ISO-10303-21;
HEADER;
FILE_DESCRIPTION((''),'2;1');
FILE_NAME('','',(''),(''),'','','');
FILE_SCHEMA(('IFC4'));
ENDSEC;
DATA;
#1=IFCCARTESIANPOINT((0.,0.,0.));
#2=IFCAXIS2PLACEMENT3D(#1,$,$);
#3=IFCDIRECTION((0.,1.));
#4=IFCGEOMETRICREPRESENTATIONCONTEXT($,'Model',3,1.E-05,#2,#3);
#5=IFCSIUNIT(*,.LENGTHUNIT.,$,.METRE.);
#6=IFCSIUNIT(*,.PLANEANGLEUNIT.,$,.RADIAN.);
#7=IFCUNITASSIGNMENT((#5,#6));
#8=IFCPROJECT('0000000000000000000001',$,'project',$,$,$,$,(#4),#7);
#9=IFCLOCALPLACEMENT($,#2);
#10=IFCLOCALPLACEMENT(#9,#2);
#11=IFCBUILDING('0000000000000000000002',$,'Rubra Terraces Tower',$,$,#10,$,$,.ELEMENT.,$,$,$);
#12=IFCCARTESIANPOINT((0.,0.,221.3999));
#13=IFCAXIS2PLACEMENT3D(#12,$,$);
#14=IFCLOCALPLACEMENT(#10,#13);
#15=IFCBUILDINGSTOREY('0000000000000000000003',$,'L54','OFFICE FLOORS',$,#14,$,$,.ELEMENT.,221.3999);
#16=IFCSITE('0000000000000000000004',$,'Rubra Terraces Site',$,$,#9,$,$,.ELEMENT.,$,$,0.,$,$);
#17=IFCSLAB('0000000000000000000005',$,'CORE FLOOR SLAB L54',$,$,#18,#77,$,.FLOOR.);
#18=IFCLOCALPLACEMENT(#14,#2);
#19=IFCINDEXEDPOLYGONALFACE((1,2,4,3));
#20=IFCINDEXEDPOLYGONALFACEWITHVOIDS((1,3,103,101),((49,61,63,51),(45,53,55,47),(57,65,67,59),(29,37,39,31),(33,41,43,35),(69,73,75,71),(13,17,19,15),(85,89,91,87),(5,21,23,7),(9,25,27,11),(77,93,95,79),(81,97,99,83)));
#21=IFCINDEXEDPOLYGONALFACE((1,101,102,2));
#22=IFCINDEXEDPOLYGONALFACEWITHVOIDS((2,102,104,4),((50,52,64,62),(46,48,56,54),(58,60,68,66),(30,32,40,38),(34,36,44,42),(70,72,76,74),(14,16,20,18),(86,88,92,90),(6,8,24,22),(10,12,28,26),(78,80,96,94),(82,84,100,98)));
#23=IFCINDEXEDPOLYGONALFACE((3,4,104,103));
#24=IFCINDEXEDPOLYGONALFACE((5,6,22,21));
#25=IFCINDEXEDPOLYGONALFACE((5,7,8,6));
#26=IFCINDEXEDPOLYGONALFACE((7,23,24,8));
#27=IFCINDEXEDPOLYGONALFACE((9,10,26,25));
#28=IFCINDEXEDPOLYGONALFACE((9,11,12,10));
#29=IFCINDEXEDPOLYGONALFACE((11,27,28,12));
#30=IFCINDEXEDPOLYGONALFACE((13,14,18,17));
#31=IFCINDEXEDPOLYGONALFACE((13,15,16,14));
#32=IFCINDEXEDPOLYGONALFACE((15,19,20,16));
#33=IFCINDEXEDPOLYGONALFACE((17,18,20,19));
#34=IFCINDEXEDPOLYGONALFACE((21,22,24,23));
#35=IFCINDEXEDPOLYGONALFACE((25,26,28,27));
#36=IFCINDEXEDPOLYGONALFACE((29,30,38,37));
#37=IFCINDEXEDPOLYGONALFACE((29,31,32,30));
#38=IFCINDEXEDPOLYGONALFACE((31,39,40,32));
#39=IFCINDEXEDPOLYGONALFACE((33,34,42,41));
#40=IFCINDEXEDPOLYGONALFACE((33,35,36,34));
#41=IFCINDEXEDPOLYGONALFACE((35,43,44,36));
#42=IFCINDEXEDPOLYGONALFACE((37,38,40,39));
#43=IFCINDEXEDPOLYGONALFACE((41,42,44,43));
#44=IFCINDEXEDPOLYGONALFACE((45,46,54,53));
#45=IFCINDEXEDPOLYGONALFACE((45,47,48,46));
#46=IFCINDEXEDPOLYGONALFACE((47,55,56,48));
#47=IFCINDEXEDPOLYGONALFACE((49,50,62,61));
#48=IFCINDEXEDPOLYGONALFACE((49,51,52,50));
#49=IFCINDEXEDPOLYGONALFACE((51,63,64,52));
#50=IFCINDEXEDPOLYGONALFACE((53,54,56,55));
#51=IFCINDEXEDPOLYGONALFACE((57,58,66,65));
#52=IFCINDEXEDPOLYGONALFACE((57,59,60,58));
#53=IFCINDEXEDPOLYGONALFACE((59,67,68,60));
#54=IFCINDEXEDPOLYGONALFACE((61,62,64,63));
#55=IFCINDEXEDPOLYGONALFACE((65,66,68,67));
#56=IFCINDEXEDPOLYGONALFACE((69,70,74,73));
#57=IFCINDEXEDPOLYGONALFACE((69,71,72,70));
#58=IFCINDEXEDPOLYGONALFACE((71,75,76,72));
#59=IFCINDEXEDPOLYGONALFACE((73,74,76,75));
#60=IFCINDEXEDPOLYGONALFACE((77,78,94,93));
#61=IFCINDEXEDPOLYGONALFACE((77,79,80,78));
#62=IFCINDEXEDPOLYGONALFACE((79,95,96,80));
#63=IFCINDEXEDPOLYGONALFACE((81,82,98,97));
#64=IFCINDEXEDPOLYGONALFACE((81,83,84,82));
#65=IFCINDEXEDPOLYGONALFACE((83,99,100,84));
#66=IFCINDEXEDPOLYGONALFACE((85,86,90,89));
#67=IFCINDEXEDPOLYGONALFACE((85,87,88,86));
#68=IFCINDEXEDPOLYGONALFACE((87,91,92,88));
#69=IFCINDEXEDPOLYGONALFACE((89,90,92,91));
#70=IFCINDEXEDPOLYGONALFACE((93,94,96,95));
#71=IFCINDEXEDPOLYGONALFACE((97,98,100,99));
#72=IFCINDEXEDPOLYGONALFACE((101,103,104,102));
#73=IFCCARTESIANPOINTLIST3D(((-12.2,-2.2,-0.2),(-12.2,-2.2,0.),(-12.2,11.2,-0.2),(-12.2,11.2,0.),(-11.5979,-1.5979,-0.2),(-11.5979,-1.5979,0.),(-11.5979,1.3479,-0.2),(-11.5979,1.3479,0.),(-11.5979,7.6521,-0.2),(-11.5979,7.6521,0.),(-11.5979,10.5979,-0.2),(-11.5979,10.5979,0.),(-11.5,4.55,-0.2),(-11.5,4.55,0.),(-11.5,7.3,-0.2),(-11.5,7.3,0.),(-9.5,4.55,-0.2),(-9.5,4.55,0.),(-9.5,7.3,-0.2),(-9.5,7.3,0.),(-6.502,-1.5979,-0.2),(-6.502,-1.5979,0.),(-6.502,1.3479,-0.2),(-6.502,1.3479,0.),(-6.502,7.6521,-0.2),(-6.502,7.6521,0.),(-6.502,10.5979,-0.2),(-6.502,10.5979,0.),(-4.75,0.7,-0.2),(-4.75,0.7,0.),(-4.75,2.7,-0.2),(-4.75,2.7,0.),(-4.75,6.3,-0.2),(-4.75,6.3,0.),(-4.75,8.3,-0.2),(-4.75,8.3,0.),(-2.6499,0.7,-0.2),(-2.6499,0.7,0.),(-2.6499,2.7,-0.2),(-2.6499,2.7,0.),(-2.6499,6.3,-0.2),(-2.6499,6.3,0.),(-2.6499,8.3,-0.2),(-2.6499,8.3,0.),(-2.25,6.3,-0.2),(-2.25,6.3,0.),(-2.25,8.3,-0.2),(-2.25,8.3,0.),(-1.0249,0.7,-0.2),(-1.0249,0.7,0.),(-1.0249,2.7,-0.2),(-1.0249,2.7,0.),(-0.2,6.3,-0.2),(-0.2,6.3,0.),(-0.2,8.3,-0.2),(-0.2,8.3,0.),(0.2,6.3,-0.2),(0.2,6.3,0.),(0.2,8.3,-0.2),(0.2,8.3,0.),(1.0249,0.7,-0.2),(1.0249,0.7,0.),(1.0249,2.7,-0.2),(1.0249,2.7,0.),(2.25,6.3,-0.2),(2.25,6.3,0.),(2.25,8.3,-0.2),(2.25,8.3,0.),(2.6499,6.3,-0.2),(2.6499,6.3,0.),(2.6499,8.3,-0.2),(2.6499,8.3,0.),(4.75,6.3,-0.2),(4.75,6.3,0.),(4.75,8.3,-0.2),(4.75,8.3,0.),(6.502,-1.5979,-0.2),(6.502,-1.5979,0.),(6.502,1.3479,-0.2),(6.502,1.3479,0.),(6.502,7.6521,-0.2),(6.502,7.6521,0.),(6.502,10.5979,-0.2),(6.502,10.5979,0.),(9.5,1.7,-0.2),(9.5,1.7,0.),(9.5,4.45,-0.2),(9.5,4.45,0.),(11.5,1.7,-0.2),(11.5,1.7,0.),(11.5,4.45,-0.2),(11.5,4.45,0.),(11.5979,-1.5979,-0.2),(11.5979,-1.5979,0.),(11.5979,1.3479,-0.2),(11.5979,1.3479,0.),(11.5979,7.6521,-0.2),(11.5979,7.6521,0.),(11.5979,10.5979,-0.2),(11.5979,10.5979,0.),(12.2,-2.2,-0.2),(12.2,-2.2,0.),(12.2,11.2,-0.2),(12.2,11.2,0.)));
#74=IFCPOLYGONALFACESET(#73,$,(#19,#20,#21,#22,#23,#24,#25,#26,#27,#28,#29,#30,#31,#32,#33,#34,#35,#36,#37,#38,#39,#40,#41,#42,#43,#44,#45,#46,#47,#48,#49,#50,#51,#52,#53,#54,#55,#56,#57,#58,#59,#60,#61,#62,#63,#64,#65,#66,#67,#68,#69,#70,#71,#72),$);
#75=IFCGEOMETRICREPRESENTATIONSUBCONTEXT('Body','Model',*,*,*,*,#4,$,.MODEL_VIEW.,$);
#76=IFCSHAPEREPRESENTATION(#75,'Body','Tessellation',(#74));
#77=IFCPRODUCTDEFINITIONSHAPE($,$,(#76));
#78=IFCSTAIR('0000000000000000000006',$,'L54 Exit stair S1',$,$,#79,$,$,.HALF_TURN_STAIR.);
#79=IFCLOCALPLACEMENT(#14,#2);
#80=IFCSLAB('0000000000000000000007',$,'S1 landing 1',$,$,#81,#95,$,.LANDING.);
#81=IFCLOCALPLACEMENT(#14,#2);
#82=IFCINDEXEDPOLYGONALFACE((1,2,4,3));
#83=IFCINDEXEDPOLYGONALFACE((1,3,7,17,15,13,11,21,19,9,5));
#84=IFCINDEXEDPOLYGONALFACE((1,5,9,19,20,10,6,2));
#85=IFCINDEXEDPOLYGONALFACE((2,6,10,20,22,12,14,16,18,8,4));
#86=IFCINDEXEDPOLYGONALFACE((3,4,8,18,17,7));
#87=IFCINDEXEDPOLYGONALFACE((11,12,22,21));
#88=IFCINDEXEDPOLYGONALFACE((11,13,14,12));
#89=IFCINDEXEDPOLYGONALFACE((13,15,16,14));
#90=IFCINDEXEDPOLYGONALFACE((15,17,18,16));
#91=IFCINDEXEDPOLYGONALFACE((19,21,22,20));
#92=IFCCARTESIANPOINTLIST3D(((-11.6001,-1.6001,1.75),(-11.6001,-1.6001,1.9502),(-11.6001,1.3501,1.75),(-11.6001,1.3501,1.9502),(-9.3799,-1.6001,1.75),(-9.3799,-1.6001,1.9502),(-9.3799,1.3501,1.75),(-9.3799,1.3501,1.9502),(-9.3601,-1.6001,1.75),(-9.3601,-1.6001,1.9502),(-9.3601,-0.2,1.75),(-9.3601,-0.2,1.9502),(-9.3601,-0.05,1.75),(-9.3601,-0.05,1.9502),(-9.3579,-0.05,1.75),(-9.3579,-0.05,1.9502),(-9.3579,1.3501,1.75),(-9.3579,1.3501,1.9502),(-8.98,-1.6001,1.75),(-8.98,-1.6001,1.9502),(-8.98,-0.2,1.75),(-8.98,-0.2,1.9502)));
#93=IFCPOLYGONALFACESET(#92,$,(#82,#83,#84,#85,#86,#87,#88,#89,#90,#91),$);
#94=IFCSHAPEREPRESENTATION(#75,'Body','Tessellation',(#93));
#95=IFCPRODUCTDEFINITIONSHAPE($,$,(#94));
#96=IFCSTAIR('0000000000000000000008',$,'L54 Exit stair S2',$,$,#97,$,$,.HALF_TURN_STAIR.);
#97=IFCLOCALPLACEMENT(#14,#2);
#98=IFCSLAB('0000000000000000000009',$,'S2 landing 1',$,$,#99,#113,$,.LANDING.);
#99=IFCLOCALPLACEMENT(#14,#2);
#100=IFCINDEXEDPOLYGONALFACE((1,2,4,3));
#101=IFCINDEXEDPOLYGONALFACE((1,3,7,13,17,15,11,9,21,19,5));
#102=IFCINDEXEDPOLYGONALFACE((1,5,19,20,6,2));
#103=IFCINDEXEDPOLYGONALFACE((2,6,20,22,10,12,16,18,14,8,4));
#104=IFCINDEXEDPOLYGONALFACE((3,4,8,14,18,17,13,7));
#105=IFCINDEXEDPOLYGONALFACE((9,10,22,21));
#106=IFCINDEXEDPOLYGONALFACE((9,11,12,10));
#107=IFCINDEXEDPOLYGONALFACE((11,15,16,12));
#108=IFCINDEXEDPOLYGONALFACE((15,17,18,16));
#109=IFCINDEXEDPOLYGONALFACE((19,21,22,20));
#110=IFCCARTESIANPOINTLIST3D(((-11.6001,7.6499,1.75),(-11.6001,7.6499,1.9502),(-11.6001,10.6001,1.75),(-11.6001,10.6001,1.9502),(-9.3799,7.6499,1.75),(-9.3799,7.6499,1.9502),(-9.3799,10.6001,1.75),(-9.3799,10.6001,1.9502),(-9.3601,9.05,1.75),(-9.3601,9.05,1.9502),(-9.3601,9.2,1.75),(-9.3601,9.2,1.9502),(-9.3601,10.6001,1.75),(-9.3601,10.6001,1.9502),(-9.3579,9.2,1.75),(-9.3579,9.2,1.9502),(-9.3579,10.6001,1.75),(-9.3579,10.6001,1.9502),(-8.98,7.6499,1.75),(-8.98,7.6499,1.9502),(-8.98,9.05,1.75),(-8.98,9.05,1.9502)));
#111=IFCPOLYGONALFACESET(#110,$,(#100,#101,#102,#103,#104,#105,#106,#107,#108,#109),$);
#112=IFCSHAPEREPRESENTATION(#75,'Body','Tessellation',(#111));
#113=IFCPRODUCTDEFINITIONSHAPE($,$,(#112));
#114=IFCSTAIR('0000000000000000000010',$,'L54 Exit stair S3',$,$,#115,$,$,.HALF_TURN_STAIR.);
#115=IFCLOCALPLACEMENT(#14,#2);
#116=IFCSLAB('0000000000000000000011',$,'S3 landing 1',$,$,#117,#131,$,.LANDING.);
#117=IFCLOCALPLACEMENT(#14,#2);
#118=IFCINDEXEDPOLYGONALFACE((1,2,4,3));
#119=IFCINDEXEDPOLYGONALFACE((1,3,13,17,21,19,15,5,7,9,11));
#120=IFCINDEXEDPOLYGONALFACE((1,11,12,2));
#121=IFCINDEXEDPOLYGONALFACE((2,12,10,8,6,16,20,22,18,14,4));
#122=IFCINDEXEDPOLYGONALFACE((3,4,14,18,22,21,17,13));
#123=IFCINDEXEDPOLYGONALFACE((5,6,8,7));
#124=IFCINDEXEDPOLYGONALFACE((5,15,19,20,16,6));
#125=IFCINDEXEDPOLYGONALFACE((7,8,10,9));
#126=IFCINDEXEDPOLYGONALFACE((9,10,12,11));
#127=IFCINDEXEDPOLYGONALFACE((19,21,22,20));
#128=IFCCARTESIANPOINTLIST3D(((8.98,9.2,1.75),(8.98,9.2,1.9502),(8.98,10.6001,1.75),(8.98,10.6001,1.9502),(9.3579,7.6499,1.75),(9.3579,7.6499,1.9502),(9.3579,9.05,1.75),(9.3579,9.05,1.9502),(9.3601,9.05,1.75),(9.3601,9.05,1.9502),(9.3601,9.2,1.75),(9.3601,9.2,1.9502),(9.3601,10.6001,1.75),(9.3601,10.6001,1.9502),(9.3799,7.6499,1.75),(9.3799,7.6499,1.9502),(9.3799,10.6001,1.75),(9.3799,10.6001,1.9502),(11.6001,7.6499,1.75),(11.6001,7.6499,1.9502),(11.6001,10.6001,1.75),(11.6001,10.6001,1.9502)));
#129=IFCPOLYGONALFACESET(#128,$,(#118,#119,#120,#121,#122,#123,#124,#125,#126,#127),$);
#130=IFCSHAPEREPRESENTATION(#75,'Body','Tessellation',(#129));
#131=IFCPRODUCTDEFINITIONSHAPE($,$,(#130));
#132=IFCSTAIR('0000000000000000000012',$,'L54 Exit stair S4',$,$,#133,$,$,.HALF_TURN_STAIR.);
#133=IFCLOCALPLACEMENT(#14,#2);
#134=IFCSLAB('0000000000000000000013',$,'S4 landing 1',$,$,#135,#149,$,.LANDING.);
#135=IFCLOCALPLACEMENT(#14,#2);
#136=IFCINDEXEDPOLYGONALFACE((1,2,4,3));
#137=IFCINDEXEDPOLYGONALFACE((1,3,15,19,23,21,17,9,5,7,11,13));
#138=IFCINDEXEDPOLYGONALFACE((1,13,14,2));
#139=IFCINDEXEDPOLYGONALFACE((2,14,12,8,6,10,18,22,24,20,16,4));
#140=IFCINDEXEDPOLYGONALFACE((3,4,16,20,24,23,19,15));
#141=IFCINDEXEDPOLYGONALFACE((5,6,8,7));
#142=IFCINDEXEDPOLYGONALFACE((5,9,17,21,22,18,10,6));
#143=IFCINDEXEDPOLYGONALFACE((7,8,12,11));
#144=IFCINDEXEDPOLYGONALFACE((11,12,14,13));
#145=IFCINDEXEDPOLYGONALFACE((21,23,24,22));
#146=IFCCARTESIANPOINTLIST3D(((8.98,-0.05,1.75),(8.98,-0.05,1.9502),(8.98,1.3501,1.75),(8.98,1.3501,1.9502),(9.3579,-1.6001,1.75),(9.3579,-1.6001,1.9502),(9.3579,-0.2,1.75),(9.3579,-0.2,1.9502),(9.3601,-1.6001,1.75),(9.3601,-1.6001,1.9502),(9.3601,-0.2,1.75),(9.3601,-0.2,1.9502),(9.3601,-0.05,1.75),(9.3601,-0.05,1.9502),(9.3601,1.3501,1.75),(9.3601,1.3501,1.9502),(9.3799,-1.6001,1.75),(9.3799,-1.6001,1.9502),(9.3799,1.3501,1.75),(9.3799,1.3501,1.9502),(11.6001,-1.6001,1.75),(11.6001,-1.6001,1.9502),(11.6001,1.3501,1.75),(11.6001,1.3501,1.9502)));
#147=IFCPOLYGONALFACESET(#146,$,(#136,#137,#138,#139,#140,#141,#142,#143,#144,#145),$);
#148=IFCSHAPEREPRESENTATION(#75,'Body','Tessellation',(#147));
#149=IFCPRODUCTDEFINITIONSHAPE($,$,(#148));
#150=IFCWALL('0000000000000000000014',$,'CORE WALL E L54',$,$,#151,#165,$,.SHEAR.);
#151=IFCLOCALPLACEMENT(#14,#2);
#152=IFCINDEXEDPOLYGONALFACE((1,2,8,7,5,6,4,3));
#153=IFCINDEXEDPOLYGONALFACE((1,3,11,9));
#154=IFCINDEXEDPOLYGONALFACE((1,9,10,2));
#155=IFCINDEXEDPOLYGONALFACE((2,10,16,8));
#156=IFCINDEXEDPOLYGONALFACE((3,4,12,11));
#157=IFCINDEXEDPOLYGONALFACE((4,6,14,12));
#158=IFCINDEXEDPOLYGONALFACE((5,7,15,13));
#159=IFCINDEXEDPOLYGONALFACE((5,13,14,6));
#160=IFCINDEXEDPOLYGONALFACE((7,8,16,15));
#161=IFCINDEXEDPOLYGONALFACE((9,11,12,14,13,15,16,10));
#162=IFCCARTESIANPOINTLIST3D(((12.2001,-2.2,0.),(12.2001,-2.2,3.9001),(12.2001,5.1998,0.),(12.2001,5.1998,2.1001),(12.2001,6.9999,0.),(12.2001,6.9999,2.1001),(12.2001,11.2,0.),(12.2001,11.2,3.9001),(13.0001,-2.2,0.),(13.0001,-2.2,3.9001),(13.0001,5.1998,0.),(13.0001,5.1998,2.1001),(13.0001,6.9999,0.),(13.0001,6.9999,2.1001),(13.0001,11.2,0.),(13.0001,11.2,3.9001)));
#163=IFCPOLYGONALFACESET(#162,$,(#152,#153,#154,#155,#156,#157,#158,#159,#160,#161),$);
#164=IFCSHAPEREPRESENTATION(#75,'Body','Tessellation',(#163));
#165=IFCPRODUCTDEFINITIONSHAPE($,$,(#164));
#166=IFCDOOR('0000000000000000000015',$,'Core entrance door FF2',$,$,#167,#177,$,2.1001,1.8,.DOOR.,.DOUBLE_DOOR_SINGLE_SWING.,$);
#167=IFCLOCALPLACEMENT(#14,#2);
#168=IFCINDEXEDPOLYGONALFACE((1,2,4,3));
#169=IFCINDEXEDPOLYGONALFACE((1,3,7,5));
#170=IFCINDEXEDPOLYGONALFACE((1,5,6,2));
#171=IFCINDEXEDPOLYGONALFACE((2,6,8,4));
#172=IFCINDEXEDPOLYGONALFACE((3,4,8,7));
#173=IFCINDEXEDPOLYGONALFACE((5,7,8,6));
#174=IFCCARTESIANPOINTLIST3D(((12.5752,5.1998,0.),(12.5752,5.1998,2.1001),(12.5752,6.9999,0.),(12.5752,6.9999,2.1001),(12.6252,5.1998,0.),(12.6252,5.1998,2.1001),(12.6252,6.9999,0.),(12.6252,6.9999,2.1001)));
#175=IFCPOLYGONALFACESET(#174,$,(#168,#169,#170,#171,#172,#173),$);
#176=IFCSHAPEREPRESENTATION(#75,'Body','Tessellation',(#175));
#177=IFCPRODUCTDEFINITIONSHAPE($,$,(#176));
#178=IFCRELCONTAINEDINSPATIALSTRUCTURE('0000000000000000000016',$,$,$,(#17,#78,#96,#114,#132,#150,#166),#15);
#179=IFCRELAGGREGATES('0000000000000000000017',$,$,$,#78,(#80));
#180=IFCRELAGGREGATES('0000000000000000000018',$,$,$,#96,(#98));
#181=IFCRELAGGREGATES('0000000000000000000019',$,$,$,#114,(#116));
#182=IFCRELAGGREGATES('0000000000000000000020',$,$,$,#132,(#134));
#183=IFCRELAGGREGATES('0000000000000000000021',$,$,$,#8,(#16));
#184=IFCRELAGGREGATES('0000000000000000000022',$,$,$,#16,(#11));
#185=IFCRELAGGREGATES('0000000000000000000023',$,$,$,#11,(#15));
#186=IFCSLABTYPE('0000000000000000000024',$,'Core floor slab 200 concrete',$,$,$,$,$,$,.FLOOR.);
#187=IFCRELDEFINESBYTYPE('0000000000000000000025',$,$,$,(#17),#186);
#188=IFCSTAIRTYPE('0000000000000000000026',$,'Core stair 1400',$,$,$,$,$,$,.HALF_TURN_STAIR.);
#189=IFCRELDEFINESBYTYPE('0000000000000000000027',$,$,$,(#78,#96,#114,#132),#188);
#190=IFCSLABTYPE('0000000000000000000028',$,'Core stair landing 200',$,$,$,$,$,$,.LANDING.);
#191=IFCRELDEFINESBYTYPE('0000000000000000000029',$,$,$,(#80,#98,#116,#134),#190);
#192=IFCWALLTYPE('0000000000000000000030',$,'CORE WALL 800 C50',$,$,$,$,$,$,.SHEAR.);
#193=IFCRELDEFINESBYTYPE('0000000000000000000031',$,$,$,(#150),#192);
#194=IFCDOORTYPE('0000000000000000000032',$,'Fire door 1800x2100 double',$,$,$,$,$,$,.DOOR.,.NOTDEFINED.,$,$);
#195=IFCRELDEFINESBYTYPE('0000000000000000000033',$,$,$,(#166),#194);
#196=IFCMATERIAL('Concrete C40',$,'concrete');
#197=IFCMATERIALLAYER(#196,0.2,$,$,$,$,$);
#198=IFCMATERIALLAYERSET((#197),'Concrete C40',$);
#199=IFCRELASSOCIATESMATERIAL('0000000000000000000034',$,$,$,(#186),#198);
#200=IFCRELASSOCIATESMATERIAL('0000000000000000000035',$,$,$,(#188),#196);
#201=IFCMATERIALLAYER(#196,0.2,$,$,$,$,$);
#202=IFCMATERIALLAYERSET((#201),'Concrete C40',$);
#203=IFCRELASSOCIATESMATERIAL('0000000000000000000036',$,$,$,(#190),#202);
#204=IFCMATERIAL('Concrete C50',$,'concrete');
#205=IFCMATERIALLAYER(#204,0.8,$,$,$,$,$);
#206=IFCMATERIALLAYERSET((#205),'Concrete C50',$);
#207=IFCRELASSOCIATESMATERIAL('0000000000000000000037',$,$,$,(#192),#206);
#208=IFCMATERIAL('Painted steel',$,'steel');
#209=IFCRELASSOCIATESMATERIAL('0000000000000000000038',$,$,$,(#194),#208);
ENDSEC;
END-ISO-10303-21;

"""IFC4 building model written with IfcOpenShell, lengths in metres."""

from ifc_helpers import new_model, si_unit, direction, frame, frame_2d, origin, place, context, subcontext, project, spatial, polyline, rectangle, outline, extrude, material, layer, layer_set, type_object, element, fill, aggregate, save


model = new_model("IFC4")

# Units and contexts
model_context = context("Model", 3, precision=1e-05, world=origin(), true_north=direction((0.0, 1.0)))
body_context = subcontext(model_context, "Body", "Model", "MODEL_VIEW")
ifc_project = project(units=[si_unit("LENGTHUNIT", "METRE"), si_unit("PLANEANGLEUNIT", "RADIAN")], contexts=[model_context])

# Site, building, storey
site_placement = place(None, origin())
site = spatial("IfcSite", under=ifc_project, at=site_placement, Name="Rubra Terraces Site", CompositionType="ELEMENT", RefElevation=0.0)
building_placement = place(site_placement, origin())
building = spatial("IfcBuilding", under=site, at=building_placement, Name="Rubra Terraces Tower", CompositionType="ELEMENT")
storey_placement = place(building_placement, frame((0.0, 0.0, 221.3999)))
storey = spatial("IfcBuildingStorey", under=building, at=storey_placement, Name="L54", Description="OFFICE FLOORS", CompositionType="ELEMENT", Elevation=221.3999)

# Slab
ifc_material_1 = material(Name="Concrete C40", Category="concrete")
ifc_layer_1 = layer(ifc_material_1, 0.2)
ifc_layer_set_1 = layer_set([ifc_layer_1], Name="Concrete C40")
slab_type_1 = type_object("IfcSlabType", Name="Core floor slab 200 concrete", PredefinedType="FLOOR", material=ifc_layer_set_1)
slab_1_placement = place(storey_placement, frame((0.0, 0.0, -0.2)))
element("IfcSlab", 1, at=slab_1_placement, inside=storey, type_object=slab_type_1, Name="CORE FLOOR SLAB L54", PredefinedType="FLOOR", context=body_context, shape_type="SweptSolid", body=[
    extrude(outline(polyline([(-12.2, -2.2), (-12.2, 11.2), (12.2, 11.2), (12.2, -2.2), (-12.2, -2.2)]), holes=[polyline([(11.5979, 1.3479), (6.502, 1.3479), (6.502, -1.5979), (11.5979, -1.5979), (11.5979, 1.3479)]), polyline([(11.5979, 7.6521), (11.5979, 10.5979), (6.502, 10.5979), (6.502, 7.6521), (11.5979, 7.6521)]), polyline([(9.5, 1.7), (11.5, 1.7), (11.5, 4.45), (9.5, 4.45), (9.5, 1.7)]), polyline([(4.75, 6.3), (4.75, 8.3), (2.6499, 8.3), (2.6499, 6.3), (4.75, 6.3)]), polyline([(2.25, 8.3), (0.2, 8.3), (0.2, 6.3), (2.25, 6.3), (2.25, 8.3)]), polyline([(1.0249, 0.7), (1.0249, 2.7), (-1.0249, 2.7), (-1.0249, 0.7), (1.0249, 0.7)]), polyline([(-0.2, 6.3), (-0.2, 8.3), (-2.25, 8.3), (-2.25, 6.3), (-0.2, 6.3)]), polyline([(-4.75, 8.3), (-4.75, 6.3), (-2.6499, 6.3), (-2.6499, 8.3), (-4.75, 8.3)]), polyline([(-2.6499, 0.7), (-2.6499, 2.7), (-4.75, 2.7), (-4.75, 0.7), (-2.6499, 0.7)]), polyline([(-11.5979, -1.5979), (-6.502, -1.5979), (-6.502, 1.3479), (-11.5979, 1.3479), (-11.5979, -1.5979)]), polyline([(-11.5979, 10.5979), (-11.5979, 7.6521), (-6.502, 7.6521), (-6.502, 10.5979), (-11.5979, 10.5979)]), polyline([(-9.5, 4.55), (-9.5, 7.3), (-11.5, 7.3), (-11.5, 4.55), (-9.5, 4.55)])]), origin(), (0.0, 0.0, 1.0), 0.2),
])

# Stairs, slabs
stair_type = type_object("IfcStairType", Name="Core stair 1400", PredefinedType="HALF_TURN_STAIR", material=ifc_material_1)
stair_1_placement = place(storey_placement, origin())
stair_1 = element("IfcStair", 2, at=stair_1_placement, inside=storey, type_object=stair_type, Name="L54 Exit stair S1", PredefinedType="HALF_TURN_STAIR")
ifc_layer_2 = layer(ifc_material_1, 0.2)
ifc_layer_set_2 = layer_set([ifc_layer_2], Name="Concrete C40")
slab_type_2 = type_object("IfcSlabType", Name="Core stair landing 200", PredefinedType="LANDING", material=ifc_layer_set_2)
slab_2_placement = place(storey_placement, frame((0.0, 0.0, 1.75)))
slab_2 = element("IfcSlab", 3, at=slab_2_placement, type_object=slab_type_2, Name="S1 landing 1", PredefinedType="LANDING", context=body_context, shape_type="SweptSolid", body=[
    extrude(outline(polyline([(-8.98, -0.2), (-8.98, -1.6001), (-9.3601, -1.6001), (-9.3799, -1.6001), (-11.6001, -1.6001), (-11.6001, 1.3501), (-9.3799, 1.3501), (-9.3579, 1.3501), (-9.3579, -0.05), (-9.3601, -0.05), (-9.3601, -0.2), (-8.98, -0.2)])), origin(), (0.0, 0.0, 1.0), 0.2002),
])
aggregate(stair_1, [slab_2])
stair_2_placement = place(storey_placement, origin())
stair_2 = element("IfcStair", 4, at=stair_2_placement, inside=storey, type_object=stair_type, Name="L54 Exit stair S2", PredefinedType="HALF_TURN_STAIR")
slab_3_placement = place(storey_placement, frame((0.0, 0.0, 1.75)))
slab_3 = element("IfcSlab", 5, at=slab_3_placement, type_object=slab_type_2, Name="S2 landing 1", PredefinedType="LANDING", context=body_context, shape_type="SweptSolid", body=[
    extrude(outline(polyline([(-8.98, 9.05), (-8.98, 7.6499), (-9.3799, 7.6499), (-11.6001, 7.6499), (-11.6001, 10.6001), (-9.3799, 10.6001), (-9.3601, 10.6001), (-9.3579, 10.6001), (-9.3579, 9.2), (-9.3601, 9.2), (-9.3601, 9.05), (-8.98, 9.05)])), origin(), (0.0, 0.0, 1.0), 0.2002),
])
aggregate(stair_2, [slab_3])
stair_3_placement = place(storey_placement, origin())
stair_3 = element("IfcStair", 6, at=stair_3_placement, inside=storey, type_object=stair_type, Name="L54 Exit stair S3", PredefinedType="HALF_TURN_STAIR")
slab_4_placement = place(storey_placement, frame((0.0, 0.0, 1.75)))
slab_4 = element("IfcSlab", 7, at=slab_4_placement, type_object=slab_type_2, Name="S3 landing 1", PredefinedType="LANDING", context=body_context, shape_type="SweptSolid", body=[
    extrude(outline(polyline([(9.3601, 9.05), (9.3601, 9.2), (8.98, 9.2), (8.98, 10.6001), (9.3601, 10.6001), (9.3799, 10.6001), (11.6001, 10.6001), (11.6001, 7.6499), (9.3799, 7.6499), (9.3579, 7.6499), (9.3579, 9.05), (9.3601, 9.05)])), origin(), (0.0, 0.0, 1.0), 0.2002),
])
aggregate(stair_3, [slab_4])
stair_4_placement = place(storey_placement, origin())
stair_4 = element("IfcStair", 8, at=stair_4_placement, inside=storey, type_object=stair_type, Name="L54 Exit stair S4", PredefinedType="HALF_TURN_STAIR")
slab_5_placement = place(storey_placement, frame((0.0, 0.0, 1.75)))
slab_5 = element("IfcSlab", 9, at=slab_5_placement, type_object=slab_type_2, Name="S4 landing 1", PredefinedType="LANDING", context=body_context, shape_type="SweptSolid", body=[
    extrude(outline(polyline([(9.3601, -0.2), (9.3601, -0.05), (8.98, -0.05), (8.98, 1.3501), (9.3601, 1.3501), (9.3799, 1.3501), (11.6001, 1.3501), (11.6001, -1.6001), (9.3799, -1.6001), (9.3601, -1.6001), (9.3579, -1.6001), (9.3579, -0.2), (9.3601, -0.2)])), origin(), (0.0, 0.0, 1.0), 0.2002),
])

# Wall, opening, door
ifc_material_2 = material(Name="Concrete C50", Category="concrete")
ifc_layer_3 = layer(ifc_material_2, 0.8)
ifc_layer_set_3 = layer_set([ifc_layer_3], Name="Concrete C50")
wall_type_1 = type_object("IfcWallType", Name="CORE WALL 800 C50", PredefinedType="SHEAR", material=ifc_layer_set_3)
wall_1_placement = place(storey_placement, frame((12.6001, -2.2, 0.0), z_axis=(0.0, 0.0, 1.0), x_axis=(0.0, 1.0, 0.0)))
wall_1 = element("IfcWall", 10, at=wall_1_placement, inside=storey, type_object=wall_type_1, Name="CORE WALL E L54", PredefinedType="SHEAR", context=body_context, shape_type="SweptSolid", body=[
    extrude(rectangle(XDim=13.3999, YDim=0.8, at=frame_2d((6.7, 0.0))), origin(), (0.0, 0.0, 1.0), 3.9001),
])
opening_1_placement = place(wall_1_placement, frame((7.3999, 0.0, 0.0)))
opening_1 = element("IfcOpeningElement", 11, at=opening_1_placement, cuts=wall_1, PredefinedType="OPENING", context=body_context, shape_type="SweptSolid", body=[
    extrude(rectangle(XDim=1.8, YDim=2.1001, at=frame_2d((0.8999, 1.05))), frame((0.0, 0.4099, 0.0), z_axis=(0.0, -1.0, 0.0), x_axis=(1.0, 0.0, 0.0)), (0.0, 0.0, 1.0), 0.8201),
])
ifc_material_3 = material(Name="Painted steel", Category="steel")
door_type_1 = type_object("IfcDoorType", Name="Fire door 1800x2100 double", OperationType="NOTDEFINED", PredefinedType="DOOR", material=ifc_material_3)
door_1_placement = place(opening_1_placement, origin())
door_1 = element("IfcDoor", 12, at=door_1_placement, inside=storey, type_object=door_type_1, Name="Core entrance door FF2", OperationType="DOUBLE_DOOR_SINGLE_SWING", OverallHeight=2.1001, OverallWidth=1.8, PredefinedType="DOOR", context=body_context, shape_type="SweptSolid", body=[
    extrude(rectangle(XDim=1.8, YDim=2.1001, at=frame_2d((0.8999, 1.05))), frame((0.0, 0.0249, 0.0), z_axis=(0.0, -1.0, 0.0), x_axis=(1.0, 0.0, 0.0)), (0.0, 0.0, 1.0), 0.05),
])
fill(opening_1, door_1)

aggregate(stair_4, [slab_5])

save(model, "model.ifc")
